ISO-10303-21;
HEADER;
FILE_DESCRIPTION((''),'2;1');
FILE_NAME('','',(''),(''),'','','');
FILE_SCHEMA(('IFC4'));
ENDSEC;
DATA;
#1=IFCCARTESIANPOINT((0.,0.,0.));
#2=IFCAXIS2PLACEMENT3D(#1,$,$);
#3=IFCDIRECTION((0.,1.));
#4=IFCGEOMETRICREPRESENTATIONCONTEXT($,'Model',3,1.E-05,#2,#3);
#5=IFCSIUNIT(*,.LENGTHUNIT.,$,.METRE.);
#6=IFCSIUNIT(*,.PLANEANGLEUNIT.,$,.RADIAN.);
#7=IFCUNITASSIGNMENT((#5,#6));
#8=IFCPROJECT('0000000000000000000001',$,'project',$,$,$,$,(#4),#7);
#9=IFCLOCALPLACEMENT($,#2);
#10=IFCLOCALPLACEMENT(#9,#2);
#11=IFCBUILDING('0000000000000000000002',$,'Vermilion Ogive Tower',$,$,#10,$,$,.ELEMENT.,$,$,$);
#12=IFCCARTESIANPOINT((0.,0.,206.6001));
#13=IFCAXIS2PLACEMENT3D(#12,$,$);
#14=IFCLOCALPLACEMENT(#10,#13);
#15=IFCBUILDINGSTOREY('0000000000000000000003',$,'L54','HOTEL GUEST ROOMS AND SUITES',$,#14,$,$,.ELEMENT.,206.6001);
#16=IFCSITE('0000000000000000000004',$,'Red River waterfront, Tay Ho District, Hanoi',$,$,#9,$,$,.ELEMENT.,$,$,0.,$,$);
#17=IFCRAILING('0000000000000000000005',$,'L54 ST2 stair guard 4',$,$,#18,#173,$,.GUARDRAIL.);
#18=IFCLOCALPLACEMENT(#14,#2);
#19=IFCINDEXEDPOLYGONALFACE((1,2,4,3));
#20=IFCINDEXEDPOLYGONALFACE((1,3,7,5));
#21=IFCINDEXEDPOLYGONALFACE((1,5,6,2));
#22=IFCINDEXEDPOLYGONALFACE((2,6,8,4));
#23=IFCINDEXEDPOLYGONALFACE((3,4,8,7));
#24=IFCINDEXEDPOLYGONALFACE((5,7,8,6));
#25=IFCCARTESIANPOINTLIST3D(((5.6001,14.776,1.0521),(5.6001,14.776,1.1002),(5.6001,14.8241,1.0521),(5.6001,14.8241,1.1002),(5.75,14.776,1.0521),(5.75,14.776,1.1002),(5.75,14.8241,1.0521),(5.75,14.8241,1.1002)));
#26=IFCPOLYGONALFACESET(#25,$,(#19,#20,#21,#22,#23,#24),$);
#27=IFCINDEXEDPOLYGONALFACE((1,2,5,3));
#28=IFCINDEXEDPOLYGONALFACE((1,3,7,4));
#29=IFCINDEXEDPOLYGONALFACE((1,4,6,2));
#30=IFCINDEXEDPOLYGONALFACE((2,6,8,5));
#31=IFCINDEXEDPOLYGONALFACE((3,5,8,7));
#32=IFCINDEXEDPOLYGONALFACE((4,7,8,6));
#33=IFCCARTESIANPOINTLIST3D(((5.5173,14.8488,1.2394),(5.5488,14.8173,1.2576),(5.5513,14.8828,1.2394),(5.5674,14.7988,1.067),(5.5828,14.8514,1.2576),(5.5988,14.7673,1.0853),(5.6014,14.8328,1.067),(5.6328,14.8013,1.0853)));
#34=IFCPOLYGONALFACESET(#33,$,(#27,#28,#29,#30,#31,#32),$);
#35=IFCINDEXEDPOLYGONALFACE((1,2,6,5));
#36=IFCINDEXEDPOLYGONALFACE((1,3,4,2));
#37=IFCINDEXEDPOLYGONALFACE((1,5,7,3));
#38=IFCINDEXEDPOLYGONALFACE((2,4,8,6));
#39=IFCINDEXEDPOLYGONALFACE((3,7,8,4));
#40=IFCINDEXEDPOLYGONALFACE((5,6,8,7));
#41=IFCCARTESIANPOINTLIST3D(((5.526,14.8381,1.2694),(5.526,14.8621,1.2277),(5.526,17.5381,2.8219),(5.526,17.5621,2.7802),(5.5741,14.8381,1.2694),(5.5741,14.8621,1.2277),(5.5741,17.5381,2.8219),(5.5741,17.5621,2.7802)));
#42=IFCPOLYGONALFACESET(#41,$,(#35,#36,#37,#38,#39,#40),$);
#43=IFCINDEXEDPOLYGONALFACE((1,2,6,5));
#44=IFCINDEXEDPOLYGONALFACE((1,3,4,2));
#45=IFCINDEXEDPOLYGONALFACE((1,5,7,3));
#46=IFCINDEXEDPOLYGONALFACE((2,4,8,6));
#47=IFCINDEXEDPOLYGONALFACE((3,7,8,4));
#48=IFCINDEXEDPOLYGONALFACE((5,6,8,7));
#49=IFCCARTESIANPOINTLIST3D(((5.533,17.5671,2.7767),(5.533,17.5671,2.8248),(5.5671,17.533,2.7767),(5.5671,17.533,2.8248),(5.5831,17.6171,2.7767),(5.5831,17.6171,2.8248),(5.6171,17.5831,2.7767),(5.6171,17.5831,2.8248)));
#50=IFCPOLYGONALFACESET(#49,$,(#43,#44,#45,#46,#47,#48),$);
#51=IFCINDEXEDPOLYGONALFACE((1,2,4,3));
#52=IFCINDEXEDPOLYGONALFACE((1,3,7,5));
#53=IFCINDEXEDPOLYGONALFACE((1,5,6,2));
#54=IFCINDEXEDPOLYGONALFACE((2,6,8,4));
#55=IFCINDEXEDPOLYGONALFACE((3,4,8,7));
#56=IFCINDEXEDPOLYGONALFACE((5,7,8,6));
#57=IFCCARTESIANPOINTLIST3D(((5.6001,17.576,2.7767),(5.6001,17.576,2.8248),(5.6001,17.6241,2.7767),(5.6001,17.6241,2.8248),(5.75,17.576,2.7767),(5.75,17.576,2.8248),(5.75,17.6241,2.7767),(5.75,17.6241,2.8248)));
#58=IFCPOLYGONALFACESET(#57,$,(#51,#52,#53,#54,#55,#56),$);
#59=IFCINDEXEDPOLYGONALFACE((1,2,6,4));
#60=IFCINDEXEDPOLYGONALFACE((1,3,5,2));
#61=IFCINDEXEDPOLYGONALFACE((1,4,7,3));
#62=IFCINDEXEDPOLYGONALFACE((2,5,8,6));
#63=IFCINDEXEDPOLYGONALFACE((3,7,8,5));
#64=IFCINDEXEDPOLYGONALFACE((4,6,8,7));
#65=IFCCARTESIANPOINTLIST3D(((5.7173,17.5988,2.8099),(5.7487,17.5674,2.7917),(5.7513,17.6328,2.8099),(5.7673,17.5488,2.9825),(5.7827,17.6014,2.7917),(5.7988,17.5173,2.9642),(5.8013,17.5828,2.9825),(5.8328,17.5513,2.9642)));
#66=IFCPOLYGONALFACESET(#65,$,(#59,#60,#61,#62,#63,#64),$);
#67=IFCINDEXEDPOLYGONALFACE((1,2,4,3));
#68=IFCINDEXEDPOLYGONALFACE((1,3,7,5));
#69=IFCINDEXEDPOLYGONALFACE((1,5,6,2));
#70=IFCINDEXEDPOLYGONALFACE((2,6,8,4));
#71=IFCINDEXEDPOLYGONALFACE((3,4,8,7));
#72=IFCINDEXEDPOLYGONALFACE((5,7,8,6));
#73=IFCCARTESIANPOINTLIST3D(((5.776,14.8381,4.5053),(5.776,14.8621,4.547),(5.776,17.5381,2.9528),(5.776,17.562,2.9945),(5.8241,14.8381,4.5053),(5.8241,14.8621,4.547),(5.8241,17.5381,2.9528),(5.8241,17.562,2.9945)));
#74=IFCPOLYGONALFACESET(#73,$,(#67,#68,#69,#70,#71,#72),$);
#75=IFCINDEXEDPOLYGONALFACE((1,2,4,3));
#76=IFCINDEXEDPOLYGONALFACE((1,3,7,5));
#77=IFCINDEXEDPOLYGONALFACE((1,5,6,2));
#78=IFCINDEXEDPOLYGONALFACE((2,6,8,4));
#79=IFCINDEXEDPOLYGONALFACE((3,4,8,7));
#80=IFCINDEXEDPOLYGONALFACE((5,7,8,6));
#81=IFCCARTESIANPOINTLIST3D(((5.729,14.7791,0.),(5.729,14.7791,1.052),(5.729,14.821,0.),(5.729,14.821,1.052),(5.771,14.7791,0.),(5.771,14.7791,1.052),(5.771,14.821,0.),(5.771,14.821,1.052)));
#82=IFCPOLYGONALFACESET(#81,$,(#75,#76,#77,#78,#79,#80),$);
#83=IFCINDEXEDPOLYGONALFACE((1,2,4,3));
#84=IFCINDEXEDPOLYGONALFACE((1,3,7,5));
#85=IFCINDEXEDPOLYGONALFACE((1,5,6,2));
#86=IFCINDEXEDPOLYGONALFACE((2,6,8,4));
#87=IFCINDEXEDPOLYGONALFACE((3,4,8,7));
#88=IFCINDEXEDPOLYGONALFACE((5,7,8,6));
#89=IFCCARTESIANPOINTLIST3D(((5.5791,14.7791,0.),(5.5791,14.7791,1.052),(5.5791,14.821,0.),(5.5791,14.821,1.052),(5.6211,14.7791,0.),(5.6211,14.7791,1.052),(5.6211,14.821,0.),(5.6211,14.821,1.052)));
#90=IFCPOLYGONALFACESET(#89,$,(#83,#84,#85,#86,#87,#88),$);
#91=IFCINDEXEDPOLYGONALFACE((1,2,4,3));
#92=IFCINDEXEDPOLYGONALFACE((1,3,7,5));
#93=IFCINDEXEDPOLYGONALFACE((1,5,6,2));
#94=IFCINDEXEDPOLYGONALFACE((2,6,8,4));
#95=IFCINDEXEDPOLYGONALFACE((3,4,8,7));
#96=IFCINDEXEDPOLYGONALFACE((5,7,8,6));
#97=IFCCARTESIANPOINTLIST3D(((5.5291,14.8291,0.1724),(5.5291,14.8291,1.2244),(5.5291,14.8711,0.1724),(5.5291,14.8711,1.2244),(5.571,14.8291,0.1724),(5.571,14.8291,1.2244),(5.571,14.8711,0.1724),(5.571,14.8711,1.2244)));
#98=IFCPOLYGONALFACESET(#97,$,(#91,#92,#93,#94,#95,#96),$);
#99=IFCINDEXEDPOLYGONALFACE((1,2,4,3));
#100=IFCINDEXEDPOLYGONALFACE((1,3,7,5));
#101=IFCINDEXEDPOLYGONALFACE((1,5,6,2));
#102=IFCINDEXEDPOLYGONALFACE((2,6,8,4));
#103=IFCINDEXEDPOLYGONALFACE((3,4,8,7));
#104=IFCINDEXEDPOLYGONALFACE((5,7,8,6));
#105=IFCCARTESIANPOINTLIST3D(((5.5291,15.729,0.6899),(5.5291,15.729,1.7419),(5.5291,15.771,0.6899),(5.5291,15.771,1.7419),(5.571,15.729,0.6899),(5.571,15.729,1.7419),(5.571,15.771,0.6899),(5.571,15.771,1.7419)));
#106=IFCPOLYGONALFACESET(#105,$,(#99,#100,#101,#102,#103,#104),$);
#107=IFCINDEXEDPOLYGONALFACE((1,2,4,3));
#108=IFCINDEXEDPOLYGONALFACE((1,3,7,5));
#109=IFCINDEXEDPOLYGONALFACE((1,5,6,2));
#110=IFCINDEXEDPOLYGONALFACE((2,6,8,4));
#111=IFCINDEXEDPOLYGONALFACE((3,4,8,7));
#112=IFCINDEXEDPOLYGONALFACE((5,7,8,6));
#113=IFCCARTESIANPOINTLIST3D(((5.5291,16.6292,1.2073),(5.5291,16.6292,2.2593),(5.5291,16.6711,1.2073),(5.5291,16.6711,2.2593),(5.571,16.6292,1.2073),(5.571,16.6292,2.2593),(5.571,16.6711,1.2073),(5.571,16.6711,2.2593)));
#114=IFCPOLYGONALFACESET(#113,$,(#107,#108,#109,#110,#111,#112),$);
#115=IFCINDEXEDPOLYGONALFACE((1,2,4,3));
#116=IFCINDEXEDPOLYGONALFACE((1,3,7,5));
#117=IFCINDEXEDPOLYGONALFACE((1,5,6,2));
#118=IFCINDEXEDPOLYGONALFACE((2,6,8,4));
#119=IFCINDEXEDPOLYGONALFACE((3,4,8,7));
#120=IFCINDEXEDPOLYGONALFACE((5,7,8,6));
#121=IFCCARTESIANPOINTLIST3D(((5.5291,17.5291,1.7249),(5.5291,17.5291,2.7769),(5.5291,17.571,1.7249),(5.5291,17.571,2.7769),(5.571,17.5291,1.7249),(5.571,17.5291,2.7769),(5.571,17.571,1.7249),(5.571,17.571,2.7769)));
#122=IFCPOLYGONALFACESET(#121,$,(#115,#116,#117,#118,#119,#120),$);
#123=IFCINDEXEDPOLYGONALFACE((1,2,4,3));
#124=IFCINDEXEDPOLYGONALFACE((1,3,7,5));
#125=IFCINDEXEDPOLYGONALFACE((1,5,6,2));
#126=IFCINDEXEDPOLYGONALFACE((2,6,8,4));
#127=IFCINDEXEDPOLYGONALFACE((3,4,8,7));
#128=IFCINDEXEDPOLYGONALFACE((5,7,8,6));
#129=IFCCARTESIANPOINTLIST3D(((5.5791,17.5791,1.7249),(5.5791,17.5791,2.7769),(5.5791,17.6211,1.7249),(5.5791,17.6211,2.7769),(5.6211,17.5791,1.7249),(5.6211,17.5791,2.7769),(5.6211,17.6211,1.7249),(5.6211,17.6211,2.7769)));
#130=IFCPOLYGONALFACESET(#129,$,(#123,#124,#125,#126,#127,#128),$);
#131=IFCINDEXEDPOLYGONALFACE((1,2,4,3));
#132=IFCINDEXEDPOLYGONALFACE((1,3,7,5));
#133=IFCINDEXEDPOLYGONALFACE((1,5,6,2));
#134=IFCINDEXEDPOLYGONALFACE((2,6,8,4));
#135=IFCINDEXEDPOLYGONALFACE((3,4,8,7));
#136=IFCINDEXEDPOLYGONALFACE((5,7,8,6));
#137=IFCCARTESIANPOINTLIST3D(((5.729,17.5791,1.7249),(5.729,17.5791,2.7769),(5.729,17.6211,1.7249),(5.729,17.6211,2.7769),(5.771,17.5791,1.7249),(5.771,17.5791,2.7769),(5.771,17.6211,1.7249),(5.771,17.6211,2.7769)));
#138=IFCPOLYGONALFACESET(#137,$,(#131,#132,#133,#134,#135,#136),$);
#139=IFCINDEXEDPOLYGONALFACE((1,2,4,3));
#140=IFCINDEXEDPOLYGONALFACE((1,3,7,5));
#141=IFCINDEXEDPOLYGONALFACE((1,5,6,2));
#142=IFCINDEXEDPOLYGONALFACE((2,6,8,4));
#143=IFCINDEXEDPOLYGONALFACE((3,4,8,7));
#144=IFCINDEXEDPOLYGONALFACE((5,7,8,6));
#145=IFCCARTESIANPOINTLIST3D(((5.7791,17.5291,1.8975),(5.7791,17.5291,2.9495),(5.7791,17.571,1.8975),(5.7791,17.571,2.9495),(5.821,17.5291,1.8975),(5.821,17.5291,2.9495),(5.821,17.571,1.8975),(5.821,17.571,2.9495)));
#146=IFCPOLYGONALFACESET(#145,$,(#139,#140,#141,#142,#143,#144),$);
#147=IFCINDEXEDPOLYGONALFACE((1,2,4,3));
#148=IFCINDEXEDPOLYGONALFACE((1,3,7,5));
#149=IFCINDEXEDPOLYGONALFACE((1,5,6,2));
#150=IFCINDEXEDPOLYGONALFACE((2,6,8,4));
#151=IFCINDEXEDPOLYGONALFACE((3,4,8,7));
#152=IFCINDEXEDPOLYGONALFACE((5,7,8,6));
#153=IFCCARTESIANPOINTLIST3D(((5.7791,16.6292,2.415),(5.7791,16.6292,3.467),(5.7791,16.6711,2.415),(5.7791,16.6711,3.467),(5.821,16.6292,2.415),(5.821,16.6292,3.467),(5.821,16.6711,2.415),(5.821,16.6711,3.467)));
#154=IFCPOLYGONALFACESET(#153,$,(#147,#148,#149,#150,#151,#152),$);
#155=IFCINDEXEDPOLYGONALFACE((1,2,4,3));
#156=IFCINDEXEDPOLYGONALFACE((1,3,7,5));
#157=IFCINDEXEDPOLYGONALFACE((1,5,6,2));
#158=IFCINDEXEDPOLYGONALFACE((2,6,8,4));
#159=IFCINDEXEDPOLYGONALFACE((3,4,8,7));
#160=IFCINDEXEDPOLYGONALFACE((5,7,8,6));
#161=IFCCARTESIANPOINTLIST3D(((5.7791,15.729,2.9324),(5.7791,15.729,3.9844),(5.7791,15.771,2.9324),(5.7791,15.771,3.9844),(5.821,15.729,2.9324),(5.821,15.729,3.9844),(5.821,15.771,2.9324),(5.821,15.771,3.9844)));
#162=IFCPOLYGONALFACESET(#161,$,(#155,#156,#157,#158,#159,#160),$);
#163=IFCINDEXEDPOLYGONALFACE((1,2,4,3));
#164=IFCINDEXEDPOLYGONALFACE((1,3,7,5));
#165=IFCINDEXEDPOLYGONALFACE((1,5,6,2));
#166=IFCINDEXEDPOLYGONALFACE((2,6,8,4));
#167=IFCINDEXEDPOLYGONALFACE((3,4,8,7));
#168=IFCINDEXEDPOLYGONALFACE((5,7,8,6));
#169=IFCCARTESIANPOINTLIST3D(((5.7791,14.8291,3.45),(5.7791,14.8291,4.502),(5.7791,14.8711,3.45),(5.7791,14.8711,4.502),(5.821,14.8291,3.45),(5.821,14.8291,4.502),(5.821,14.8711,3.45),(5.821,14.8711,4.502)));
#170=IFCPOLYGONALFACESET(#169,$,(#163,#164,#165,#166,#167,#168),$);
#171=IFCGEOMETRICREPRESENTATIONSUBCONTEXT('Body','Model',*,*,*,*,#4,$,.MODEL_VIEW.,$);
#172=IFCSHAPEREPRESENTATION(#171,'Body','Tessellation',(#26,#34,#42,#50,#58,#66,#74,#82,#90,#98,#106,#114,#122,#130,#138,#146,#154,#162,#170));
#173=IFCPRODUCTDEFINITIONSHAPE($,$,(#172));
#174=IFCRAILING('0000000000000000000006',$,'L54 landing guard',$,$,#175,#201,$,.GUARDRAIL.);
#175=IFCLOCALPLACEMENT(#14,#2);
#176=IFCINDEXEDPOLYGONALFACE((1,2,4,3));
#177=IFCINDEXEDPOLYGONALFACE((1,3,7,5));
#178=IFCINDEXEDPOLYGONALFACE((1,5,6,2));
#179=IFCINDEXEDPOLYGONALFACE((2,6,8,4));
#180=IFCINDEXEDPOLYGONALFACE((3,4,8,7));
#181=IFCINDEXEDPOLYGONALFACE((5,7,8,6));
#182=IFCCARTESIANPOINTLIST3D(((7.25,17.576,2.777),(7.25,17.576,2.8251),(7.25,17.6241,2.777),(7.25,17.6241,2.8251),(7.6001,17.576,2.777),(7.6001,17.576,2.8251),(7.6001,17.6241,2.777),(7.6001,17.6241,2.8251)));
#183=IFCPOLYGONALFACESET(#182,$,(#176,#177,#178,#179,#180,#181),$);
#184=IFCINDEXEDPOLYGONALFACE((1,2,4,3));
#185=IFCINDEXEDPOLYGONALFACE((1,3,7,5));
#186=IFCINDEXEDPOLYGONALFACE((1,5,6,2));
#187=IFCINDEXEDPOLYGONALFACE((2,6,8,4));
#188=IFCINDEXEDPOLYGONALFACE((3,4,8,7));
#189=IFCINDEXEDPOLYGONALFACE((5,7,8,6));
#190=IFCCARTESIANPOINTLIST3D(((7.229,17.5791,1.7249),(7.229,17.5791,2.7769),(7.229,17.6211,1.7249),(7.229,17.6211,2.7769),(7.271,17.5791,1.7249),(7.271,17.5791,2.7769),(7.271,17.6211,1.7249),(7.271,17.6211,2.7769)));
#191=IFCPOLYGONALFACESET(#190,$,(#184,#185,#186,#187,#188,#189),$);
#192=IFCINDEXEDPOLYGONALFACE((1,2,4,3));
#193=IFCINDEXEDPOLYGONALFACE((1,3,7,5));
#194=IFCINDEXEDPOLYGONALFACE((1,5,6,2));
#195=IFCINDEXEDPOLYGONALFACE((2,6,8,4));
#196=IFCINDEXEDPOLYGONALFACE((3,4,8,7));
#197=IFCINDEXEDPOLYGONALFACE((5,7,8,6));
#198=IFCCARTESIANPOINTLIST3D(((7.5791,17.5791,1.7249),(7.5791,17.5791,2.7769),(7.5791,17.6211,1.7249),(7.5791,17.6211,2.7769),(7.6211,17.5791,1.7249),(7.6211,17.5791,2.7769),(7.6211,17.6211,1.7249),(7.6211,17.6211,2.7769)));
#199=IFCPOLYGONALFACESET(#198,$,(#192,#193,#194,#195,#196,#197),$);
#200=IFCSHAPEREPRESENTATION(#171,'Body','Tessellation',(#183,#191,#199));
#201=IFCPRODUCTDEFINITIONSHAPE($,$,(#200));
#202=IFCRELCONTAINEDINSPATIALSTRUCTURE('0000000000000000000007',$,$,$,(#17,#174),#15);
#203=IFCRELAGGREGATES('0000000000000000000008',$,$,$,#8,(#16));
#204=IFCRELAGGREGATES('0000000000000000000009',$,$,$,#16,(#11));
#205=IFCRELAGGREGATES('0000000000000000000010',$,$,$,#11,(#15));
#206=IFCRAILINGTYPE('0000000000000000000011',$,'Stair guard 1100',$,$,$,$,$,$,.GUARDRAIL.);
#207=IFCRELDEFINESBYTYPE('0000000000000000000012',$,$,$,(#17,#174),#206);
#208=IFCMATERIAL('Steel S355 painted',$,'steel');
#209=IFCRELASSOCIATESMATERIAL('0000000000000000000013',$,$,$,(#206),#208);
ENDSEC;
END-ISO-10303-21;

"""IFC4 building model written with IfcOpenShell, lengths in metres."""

from ifc_helpers import new_model, si_unit, direction, frame, origin, origin_2d, place, context, subcontext, project, spatial, rectangle, extrude, material, type_object, element, save


model = new_model("IFC4")

# Units and contexts
model_context = context("Model", 3, precision=1e-05, world=origin(), true_north=direction((0.0, 1.0)))
body_context = subcontext(model_context, "Body", "Model", "MODEL_VIEW")
ifc_project = project(units=[si_unit("LENGTHUNIT", "METRE"), si_unit("PLANEANGLEUNIT", "RADIAN")], contexts=[model_context])

# Site, building, storey
site_placement = place(None, origin())
site = spatial("IfcSite", under=ifc_project, at=site_placement, Name="Red River waterfront, Tay Ho District, Hanoi", CompositionType="ELEMENT", RefElevation=0.0)
building_placement = place(site_placement, origin())
building = spatial("IfcBuilding", under=site, at=building_placement, Name="Vermilion Ogive Tower", CompositionType="ELEMENT")
storey_placement = place(building_placement, frame((0.0, 0.0, 206.6001)))
storey = spatial("IfcBuildingStorey", under=building, at=storey_placement, Name="L54", Description="HOTEL GUEST ROOMS AND SUITES", CompositionType="ELEMENT", Elevation=206.6001)

# Railings
ifc_material_1 = material(Name="Steel S355 painted", Category="steel")
railing_type_1 = type_object("IfcRailingType", Name="Stair guard 1100", PredefinedType="GUARDRAIL", material=ifc_material_1)
railing_1_placement = place(storey_placement, frame((5.75, 14.8, 0.0)))
element("IfcRailing", 1, at=railing_1_placement, inside=storey, type_object=railing_type_1, Name="L54 ST2 stair guard 4", PredefinedType="GUARDRAIL", context=body_context, shape_type="SweptSolid", body=[
    extrude(rectangle(XDim=0.0481, YDim=0.0481, at=origin_2d()), frame((0.0, 0.0, 1.0762), z_axis=(-1.0, 0.0, 0.0), x_axis=(0.0, -1.0, 0.0)), (0.0, 0.0, 1.0), 0.1499),
    extrude(rectangle(XDim=0.0481, YDim=0.0481, at=origin_2d()), frame((-0.1499, 0.0, 1.0762), z_axis=(-0.268603, 0.268603, 0.925043), x_axis=(-0.707107, -0.707107, 0.0)), (0.0, 0.0, 1.0), 0.1863),
    extrude(rectangle(XDim=0.0481, YDim=0.0481, at=origin_2d()), frame((-0.2, 0.05, 1.2485), z_axis=(0.0, 0.866904, 0.498476), x_axis=(-1.0, 0.0, 0.0)), (0.0, 0.0, 1.0), 3.1145),
    extrude(rectangle(XDim=0.0481, YDim=0.0481, at=origin_2d()), frame((-0.2, 2.75, 2.8008), z_axis=(0.707107, 0.707107, 0.0), x_axis=(-0.707107, 0.707107, 0.0)), (0.0, 0.0, 1.0), 0.0708),
    extrude(rectangle(XDim=0.0481, YDim=0.0481, at=origin_2d()), frame((-0.1499, 2.8, 2.8008), z_axis=(1.0, 0.0, 0.0), x_axis=(0.0, 1.0, 0.0)), (0.0, 0.0, 1.0), 0.1499),
    extrude(rectangle(XDim=0.0481, YDim=0.0481, at=origin_2d()), frame((0.0, 2.8, 2.8008), z_axis=(0.268278, -0.268278, 0.925232), x_axis=(0.707107, 0.707107, 0.0)), (0.0, 0.0, 1.0), 0.1865),
    extrude(rectangle(XDim=0.0481, YDim=0.0481, at=origin_2d()), frame((0.05, 2.75, 2.9736), z_axis=(0.0, -0.866904, 0.498476), x_axis=(1.0, 0.0, 0.0)), (0.0, 0.0, 1.0), 3.1145),
    extrude(rectangle(XDim=0.042, YDim=0.042, at=origin_2d()), origin(), (0.0, 0.0, 1.0), 1.052),
    extrude(rectangle(XDim=0.042, YDim=0.042, at=origin_2d()), frame((-0.1499, 0.0, 0.0)), (0.0, 0.0, 1.0), 1.052),
    extrude(rectangle(XDim=0.042, YDim=0.042, at=origin_2d()), frame((-0.2, 0.05, 0.1724)), (0.0, 0.0, 1.0), 1.052),
    extrude(rectangle(XDim=0.042, YDim=0.042, at=origin_2d()), frame((-0.2, 0.95, 0.6899)), (0.0, 0.0, 1.0), 1.052),
    extrude(rectangle(XDim=0.042, YDim=0.042, at=origin_2d()), frame((-0.2, 1.8501, 1.2073)), (0.0, 0.0, 1.0), 1.052),
    extrude(rectangle(XDim=0.042, YDim=0.042, at=origin_2d()), frame((-0.2, 2.75, 1.7249)), (0.0, 0.0, 1.0), 1.052),
    extrude(rectangle(XDim=0.042, YDim=0.042, at=origin_2d()), frame((-0.1499, 2.8, 1.7249)), (0.0, 0.0, 1.0), 1.052),
    extrude(rectangle(XDim=0.042, YDim=0.042, at=origin_2d()), frame((0.0, 2.8, 1.7249)), (0.0, 0.0, 1.0), 1.052),
    extrude(rectangle(XDim=0.042, YDim=0.042, at=origin_2d()), frame((0.05, 2.75, 1.8975)), (0.0, 0.0, 1.0), 1.052),
    extrude(rectangle(XDim=0.042, YDim=0.042, at=origin_2d()), frame((0.05, 1.8501, 2.415)), (0.0, 0.0, 1.0), 1.052),
    extrude(rectangle(XDim=0.042, YDim=0.042, at=origin_2d()), frame((0.05, 0.95, 2.9324)), (0.0, 0.0, 1.0), 1.052),
    extrude(rectangle(XDim=0.042, YDim=0.042, at=origin_2d()), frame((0.05, 0.05, 3.45)), (0.0, 0.0, 1.0), 1.052),
])
railing_2_placement = place(storey_placement, frame((7.25, 17.6001, 1.7249)))
element("IfcRailing", 2, at=railing_2_placement, inside=storey, type_object=railing_type_1, Name="L54 landing guard", PredefinedType="GUARDRAIL", context=body_context, shape_type="SweptSolid", body=[
    extrude(rectangle(XDim=0.0481, YDim=0.0481, at=origin_2d()), frame((0.0, 0.0, 1.0762), z_axis=(1.0, 0.0, 0.0), x_axis=(0.0, 1.0, 0.0)), (0.0, 0.0, 1.0), 0.3501),
    extrude(rectangle(XDim=0.042, YDim=0.042, at=origin_2d()), origin(), (0.0, 0.0, 1.0), 1.052),
    extrude(rectangle(XDim=0.042, YDim=0.042, at=origin_2d()), frame((0.3501, 0.0, 0.0)), (0.0, 0.0, 1.0), 1.052),
])

save(model, "model.ifc")
